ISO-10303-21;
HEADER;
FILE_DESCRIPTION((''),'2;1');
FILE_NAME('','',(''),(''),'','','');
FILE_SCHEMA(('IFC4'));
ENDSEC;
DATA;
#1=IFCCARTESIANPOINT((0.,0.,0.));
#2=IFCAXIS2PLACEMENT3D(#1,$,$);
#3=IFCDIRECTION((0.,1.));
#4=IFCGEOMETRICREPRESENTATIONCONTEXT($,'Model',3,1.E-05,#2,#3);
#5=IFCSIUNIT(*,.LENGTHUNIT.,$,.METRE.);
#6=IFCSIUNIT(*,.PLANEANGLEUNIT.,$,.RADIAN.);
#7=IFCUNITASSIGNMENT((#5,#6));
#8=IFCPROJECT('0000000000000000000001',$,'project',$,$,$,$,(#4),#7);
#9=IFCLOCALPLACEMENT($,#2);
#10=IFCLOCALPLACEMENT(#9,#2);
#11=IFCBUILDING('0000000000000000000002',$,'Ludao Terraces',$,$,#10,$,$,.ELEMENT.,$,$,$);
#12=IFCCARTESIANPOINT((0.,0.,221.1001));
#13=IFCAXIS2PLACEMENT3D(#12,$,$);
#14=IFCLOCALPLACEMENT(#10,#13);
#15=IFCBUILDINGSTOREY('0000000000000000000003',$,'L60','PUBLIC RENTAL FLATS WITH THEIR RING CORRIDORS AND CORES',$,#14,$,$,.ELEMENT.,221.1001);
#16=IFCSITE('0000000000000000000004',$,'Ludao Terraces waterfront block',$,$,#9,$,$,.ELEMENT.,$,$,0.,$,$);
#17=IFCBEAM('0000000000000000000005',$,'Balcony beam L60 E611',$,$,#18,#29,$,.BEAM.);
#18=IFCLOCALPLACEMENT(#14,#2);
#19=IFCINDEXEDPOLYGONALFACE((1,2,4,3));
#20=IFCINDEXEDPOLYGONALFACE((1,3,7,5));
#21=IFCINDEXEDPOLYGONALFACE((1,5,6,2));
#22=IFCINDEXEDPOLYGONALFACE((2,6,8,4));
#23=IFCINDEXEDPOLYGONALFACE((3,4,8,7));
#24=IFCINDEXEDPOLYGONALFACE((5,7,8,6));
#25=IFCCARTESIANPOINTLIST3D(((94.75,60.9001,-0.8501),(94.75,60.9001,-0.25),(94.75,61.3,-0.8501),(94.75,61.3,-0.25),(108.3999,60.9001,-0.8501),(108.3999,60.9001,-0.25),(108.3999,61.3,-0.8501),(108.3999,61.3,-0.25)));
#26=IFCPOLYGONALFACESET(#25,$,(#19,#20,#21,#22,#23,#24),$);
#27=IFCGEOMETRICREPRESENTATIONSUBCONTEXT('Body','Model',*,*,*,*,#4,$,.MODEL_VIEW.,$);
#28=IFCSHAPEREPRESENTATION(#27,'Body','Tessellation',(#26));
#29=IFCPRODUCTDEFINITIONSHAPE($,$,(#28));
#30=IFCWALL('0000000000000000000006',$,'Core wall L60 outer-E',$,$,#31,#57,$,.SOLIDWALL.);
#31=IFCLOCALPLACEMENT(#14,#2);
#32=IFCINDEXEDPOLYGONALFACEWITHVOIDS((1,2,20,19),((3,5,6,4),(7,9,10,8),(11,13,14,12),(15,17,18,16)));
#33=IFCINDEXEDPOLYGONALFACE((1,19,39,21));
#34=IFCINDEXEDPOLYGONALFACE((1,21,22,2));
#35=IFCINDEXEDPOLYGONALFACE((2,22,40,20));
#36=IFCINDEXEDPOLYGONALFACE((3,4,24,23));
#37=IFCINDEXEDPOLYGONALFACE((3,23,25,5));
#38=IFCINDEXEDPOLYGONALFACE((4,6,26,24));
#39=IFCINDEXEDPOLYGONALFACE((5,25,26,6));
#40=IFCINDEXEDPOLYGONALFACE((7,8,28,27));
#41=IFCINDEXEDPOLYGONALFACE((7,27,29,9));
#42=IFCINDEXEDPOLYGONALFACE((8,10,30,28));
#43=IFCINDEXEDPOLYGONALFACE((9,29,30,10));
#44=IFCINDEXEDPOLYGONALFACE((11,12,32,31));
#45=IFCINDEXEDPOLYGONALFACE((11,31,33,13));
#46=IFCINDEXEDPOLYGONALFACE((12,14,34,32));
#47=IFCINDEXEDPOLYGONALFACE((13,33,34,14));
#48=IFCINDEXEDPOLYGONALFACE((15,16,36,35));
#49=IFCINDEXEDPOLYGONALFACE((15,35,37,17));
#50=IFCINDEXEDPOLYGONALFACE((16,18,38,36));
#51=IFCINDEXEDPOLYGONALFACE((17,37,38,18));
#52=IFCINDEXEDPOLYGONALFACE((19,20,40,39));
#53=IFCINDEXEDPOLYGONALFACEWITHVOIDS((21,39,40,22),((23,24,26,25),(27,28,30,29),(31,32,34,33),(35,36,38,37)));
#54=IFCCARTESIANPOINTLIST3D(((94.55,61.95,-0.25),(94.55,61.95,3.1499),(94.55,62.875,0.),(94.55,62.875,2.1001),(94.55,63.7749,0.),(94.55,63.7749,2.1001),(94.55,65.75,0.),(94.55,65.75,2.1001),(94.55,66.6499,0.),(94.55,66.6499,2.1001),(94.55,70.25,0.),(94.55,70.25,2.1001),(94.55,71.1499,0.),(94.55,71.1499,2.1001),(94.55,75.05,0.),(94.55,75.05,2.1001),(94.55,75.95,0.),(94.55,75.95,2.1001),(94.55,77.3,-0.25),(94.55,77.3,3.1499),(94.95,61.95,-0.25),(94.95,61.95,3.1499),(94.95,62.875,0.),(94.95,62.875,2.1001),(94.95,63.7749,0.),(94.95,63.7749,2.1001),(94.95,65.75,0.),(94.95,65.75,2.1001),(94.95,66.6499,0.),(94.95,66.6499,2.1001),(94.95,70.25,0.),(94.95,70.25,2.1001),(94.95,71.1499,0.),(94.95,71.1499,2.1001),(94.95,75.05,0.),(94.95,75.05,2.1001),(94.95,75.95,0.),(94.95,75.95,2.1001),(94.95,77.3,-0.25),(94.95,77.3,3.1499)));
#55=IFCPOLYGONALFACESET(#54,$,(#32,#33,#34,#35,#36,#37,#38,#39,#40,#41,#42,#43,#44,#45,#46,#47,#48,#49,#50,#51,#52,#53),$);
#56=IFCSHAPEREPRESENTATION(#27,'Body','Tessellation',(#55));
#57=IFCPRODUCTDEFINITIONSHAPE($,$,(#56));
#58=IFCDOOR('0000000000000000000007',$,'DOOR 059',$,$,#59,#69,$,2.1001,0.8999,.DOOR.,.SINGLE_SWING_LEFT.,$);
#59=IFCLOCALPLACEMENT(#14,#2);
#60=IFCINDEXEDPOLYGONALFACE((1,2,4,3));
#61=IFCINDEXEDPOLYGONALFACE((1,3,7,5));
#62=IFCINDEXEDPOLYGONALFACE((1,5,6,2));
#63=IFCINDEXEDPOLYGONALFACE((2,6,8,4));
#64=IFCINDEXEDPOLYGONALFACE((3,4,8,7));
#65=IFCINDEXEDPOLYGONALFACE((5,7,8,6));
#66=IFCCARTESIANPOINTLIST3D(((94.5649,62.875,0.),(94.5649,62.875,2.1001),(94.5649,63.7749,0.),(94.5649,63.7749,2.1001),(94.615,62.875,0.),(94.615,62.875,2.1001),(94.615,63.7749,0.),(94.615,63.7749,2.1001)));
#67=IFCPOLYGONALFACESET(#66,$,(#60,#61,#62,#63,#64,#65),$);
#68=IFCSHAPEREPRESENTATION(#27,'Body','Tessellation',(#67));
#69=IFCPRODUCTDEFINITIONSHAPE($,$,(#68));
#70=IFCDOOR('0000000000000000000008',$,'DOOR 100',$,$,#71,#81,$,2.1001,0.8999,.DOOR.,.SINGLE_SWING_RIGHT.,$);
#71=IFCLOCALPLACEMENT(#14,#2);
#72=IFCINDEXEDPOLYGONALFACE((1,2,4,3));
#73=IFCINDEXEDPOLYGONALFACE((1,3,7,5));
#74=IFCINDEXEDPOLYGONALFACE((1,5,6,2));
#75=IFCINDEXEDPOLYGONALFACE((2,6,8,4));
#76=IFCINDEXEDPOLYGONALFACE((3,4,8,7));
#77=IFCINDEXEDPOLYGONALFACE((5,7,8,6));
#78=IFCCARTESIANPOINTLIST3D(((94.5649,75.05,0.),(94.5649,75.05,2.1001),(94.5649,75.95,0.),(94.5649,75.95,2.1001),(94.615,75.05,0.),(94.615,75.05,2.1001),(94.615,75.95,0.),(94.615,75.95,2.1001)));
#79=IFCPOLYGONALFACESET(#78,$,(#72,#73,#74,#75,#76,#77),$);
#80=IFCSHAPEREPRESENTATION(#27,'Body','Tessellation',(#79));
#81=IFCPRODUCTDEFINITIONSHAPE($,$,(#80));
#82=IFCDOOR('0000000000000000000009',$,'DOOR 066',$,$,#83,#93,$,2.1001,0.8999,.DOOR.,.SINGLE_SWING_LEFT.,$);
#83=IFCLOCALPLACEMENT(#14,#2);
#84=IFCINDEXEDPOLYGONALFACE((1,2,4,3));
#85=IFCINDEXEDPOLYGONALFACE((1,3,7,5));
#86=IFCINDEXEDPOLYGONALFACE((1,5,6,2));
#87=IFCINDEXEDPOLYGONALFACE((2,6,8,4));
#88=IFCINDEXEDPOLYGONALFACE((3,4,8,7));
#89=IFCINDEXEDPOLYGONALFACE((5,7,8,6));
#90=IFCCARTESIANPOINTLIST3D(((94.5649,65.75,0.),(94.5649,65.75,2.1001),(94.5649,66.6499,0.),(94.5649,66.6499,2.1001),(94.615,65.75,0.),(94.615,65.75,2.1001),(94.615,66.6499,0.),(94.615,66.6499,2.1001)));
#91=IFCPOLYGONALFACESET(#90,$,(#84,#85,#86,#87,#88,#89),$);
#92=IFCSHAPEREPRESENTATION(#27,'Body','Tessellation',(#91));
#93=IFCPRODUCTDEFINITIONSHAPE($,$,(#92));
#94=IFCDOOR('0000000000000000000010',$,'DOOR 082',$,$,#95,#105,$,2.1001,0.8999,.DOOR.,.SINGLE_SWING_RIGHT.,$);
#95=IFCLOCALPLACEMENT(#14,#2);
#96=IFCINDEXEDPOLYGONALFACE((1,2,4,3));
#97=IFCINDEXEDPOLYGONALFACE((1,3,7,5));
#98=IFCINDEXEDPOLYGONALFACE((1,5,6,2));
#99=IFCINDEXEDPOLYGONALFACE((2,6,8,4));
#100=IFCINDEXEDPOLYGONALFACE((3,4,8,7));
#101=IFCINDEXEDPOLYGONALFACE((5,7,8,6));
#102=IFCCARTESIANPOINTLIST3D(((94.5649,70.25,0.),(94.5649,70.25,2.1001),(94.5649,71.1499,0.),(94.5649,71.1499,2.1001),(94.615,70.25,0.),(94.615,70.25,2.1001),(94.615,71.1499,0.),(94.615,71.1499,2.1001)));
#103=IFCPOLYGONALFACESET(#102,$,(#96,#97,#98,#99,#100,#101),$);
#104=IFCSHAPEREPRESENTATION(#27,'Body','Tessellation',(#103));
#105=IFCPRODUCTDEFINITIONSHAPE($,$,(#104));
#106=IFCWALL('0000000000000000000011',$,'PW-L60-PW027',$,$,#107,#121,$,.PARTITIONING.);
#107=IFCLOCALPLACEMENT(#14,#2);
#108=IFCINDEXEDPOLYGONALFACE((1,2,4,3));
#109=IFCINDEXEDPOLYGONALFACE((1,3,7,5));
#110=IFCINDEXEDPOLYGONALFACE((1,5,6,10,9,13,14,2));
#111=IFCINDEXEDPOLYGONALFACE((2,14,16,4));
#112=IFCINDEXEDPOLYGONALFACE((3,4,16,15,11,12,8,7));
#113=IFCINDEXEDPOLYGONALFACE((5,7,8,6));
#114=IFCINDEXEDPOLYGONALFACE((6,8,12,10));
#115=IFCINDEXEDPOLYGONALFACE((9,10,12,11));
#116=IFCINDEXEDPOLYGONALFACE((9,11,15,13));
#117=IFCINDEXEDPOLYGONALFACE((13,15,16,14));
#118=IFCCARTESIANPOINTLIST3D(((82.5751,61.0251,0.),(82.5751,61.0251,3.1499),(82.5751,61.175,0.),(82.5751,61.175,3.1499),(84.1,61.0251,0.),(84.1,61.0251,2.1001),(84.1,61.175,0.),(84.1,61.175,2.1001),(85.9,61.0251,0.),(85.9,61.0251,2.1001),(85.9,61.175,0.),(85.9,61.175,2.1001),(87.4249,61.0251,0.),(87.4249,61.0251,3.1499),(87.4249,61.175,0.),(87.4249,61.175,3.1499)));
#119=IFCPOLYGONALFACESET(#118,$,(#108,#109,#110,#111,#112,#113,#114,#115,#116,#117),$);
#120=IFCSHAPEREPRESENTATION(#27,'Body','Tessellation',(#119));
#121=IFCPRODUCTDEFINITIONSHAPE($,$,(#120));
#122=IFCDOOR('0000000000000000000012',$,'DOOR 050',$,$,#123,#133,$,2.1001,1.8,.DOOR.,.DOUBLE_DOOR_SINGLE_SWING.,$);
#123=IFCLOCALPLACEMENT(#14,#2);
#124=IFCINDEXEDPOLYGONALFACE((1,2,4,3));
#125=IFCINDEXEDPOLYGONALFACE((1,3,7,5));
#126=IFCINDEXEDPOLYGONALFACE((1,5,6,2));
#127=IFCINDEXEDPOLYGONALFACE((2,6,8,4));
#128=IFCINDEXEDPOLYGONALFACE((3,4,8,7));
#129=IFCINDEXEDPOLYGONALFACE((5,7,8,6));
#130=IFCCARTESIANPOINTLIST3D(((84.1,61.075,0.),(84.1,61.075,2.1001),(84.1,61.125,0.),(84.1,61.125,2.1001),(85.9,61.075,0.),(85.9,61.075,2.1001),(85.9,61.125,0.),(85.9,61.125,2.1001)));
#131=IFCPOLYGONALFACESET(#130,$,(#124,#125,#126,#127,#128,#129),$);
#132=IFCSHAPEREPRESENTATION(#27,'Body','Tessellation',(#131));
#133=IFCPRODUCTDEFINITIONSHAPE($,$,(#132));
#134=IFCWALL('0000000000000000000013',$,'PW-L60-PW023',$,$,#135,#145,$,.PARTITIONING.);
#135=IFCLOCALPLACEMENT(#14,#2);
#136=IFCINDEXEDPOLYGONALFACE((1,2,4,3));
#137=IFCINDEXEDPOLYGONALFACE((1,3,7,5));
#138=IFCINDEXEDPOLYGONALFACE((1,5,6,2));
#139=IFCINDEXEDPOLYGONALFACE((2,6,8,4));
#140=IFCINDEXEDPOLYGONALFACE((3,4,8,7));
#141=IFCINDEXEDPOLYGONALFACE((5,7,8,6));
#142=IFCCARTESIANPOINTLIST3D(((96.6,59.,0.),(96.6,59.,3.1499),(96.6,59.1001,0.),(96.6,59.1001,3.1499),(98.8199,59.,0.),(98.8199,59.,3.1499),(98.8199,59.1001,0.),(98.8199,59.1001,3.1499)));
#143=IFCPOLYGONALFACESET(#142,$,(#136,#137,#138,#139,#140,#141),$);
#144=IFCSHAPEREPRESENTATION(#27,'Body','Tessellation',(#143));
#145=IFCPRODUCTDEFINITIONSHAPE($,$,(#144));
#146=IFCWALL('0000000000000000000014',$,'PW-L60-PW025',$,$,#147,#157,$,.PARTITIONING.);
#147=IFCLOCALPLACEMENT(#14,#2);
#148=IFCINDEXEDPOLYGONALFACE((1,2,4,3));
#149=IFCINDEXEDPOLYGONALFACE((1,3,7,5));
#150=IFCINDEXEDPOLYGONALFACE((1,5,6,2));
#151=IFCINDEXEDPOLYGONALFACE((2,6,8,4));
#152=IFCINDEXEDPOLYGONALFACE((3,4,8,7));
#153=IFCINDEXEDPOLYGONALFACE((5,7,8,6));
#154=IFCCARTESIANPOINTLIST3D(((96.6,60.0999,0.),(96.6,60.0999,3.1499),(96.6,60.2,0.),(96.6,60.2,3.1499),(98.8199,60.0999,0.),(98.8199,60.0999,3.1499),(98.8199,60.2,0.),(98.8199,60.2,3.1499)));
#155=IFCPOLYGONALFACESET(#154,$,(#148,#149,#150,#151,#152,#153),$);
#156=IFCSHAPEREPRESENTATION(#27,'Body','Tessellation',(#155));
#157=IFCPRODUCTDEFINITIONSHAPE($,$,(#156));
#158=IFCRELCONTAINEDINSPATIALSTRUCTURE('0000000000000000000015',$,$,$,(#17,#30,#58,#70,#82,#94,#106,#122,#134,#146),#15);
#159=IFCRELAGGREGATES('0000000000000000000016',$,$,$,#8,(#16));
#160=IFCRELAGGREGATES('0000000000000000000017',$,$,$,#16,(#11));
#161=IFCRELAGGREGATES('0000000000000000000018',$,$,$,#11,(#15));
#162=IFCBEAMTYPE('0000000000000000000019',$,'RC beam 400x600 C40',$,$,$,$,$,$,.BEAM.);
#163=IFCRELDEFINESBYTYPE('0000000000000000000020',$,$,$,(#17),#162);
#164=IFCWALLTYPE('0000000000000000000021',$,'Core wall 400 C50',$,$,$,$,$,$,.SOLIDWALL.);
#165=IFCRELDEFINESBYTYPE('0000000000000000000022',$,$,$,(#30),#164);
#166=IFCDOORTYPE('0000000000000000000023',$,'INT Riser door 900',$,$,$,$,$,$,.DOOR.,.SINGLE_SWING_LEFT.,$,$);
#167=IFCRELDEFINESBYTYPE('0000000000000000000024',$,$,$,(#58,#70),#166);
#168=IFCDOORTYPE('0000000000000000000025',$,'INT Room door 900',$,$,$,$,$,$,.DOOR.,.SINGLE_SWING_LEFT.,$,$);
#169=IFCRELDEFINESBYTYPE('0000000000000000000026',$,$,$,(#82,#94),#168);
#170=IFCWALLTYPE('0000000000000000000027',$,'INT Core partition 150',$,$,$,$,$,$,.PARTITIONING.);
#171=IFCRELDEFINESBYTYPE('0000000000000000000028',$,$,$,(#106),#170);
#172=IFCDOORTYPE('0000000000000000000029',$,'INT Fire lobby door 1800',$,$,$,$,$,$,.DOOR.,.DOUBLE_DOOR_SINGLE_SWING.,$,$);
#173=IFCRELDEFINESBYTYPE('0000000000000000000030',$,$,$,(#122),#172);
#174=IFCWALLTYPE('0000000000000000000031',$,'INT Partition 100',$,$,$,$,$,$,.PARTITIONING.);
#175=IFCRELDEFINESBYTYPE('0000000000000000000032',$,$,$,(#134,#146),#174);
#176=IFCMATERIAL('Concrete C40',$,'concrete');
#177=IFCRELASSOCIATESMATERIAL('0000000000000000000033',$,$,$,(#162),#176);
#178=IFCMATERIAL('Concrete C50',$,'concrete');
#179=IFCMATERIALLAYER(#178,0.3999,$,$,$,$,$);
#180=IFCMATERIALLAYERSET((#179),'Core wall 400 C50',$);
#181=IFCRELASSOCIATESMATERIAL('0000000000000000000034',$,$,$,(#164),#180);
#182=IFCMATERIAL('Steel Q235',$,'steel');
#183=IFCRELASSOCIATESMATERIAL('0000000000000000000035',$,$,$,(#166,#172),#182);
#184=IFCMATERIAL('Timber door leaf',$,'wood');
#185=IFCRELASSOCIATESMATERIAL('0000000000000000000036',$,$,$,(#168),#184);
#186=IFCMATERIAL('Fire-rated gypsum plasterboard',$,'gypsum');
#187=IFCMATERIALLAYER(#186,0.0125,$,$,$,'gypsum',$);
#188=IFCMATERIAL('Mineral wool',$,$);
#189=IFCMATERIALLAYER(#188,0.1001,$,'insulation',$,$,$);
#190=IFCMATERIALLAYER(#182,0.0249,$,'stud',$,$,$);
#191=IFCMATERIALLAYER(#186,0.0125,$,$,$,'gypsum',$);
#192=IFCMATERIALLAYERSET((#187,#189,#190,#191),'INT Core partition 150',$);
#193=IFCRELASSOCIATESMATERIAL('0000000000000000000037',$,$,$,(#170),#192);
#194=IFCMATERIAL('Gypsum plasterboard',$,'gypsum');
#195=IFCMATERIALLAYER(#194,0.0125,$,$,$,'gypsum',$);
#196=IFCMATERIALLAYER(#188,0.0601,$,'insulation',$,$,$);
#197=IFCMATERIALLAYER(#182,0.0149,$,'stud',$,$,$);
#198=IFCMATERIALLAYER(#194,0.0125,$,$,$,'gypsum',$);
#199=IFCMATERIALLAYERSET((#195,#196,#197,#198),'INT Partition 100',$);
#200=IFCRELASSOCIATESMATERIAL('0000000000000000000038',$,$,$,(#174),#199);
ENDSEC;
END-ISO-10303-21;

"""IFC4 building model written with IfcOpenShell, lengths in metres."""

from ifc_helpers import new_model, si_unit, direction, frame, frame_2d, origin, origin_2d, place, context, subcontext, project, spatial, rectangle, extrude, material, layer, layer_set, material_profile, profile_set, type_object, element, fill, save


model = new_model("IFC4")

# Units and contexts
model_context = context("Model", 3, precision=1e-05, world=origin(), true_north=direction((0.0, 1.0)))
body_context = subcontext(model_context, "Body", "Model", "MODEL_VIEW")
ifc_project = project(units=[si_unit("LENGTHUNIT", "METRE"), si_unit("PLANEANGLEUNIT", "RADIAN")], contexts=[model_context])

# Site, building, storey
site_placement = place(None, origin())
site = spatial("IfcSite", under=ifc_project, at=site_placement, Name="Ludao Terraces waterfront block", CompositionType="ELEMENT", RefElevation=0.0)
building_placement = place(site_placement, origin())
building = spatial("IfcBuilding", under=site, at=building_placement, Name="Ludao Terraces", CompositionType="ELEMENT")
storey_placement = place(building_placement, frame((0.0, 0.0, 221.1001)))
storey = spatial("IfcBuildingStorey", under=building, at=storey_placement, Name="L60", Description="PUBLIC RENTAL FLATS WITH THEIR RING CORRIDORS AND CORES", CompositionType="ELEMENT", Elevation=221.1001)

# Beam
ifc_material_1 = material(Name="Concrete C40", Category="concrete")
ifc_material_profile = material_profile(ifc_material_1, rectangle(XDim=0.3999, YDim=0.6001, at=origin_2d()), Name="400 X 600")
ifc_profile_set = profile_set([ifc_material_profile], Name="Concrete C40")
beam_type = type_object("IfcBeamType", Name="RC beam 400x600 C40", PredefinedType="BEAM", material=ifc_profile_set)
beam_placement = place(storey_placement, frame((94.75, 61.1001, -0.55), z_axis=(1.0, 0.0, 0.0), x_axis=(0.0, 1.0, 0.0)))
element("IfcBeam", 1, at=beam_placement, inside=storey, type_object=beam_type, Name="Balcony beam L60 E611", PredefinedType="BEAM", context=body_context, shape_type="SweptSolid", body=[
    extrude(rectangle(XDim=0.3999, YDim=0.6001, at=origin_2d()), origin(), (0.0, 0.0, 1.0), 13.6499),
])

# Wall, openings, doors
ifc_material_2 = material(Name="Concrete C50", Category="concrete")
ifc_layer_1 = layer(ifc_material_2, 0.3999)
ifc_layer_set_1 = layer_set([ifc_layer_1], Name="Core wall 400 C50")
wall_type_1 = type_object("IfcWallType", Name="Core wall 400 C50", PredefinedType="SOLIDWALL", material=ifc_layer_set_1)
wall_1_placement = place(storey_placement, frame((94.75, 61.95, -0.25), z_axis=(0.0, 0.0, 1.0), x_axis=(0.0, 1.0, 0.0)))
wall_1 = element("IfcWall", 2, at=wall_1_placement, inside=storey, type_object=wall_type_1, Name="Core wall L60 outer-E", PredefinedType="SOLIDWALL", context=body_context, shape_type="SweptSolid", body=[
    extrude(rectangle(XDim=15.3501, YDim=0.3999, at=frame_2d((7.675, 0.0))), origin(), (0.0, 0.0, 1.0), 3.3999),
])
opening_1_placement = place(wall_1_placement, frame((0.925, 0.0, 0.25)))
opening_1 = element("IfcOpeningElement", 3, at=opening_1_placement, cuts=wall_1, PredefinedType="OPENING", context=body_context, shape_type="SweptSolid", body=[
    extrude(rectangle(XDim=0.8999, YDim=2.1001, at=frame_2d((0.45, 1.05))), frame((0.0, 0.21, 0.0), z_axis=(0.0, -1.0, 0.0), x_axis=(1.0, 0.0, 0.0)), (0.0, 0.0, 1.0), 0.4199),
])
opening_2_placement = place(wall_1_placement, frame((3.8, 0.0, 0.25)))
opening_2 = element("IfcOpeningElement", 4, at=opening_2_placement, cuts=wall_1, PredefinedType="OPENING", context=body_context, shape_type="SweptSolid", body=[
    extrude(rectangle(XDim=0.8999, YDim=2.1001, at=frame_2d((0.45, 1.05))), frame((0.0, 0.21, 0.0), z_axis=(0.0, -1.0, 0.0), x_axis=(1.0, 0.0, 0.0)), (0.0, 0.0, 1.0), 0.4199),
])
opening_3_placement = place(wall_1_placement, frame((8.3, 0.0, 0.25)))
opening_3 = element("IfcOpeningElement", 5, at=opening_3_placement, cuts=wall_1, PredefinedType="OPENING", context=body_context, shape_type="SweptSolid", body=[
    extrude(rectangle(XDim=0.8999, YDim=2.1001, at=frame_2d((0.45, 1.05))), frame((0.0, 0.21, 0.0), z_axis=(0.0, -1.0, 0.0), x_axis=(1.0, 0.0, 0.0)), (0.0, 0.0, 1.0), 0.4199),
])
opening_4_placement = place(wall_1_placement, frame((13.1001, 0.0, 0.25)))
opening_4 = element("IfcOpeningElement", 6, at=opening_4_placement, cuts=wall_1, PredefinedType="OPENING", context=body_context, shape_type="SweptSolid", body=[
    extrude(rectangle(XDim=0.8999, YDim=2.1001, at=frame_2d((0.45, 1.05))), frame((0.0, 0.21, 0.0), z_axis=(0.0, -1.0, 0.0), x_axis=(1.0, 0.0, 0.0)), (0.0, 0.0, 1.0), 0.4199),
])
ifc_material_3 = material(Name="Steel Q235", Category="steel")
door_type_1 = type_object("IfcDoorType", Name="INT Riser door 900", OperationType="SINGLE_SWING_LEFT", PredefinedType="DOOR", material=ifc_material_3)
door_1_placement = place(opening_1_placement, origin())
door_1 = element("IfcDoor", 7, at=door_1_placement, inside=storey, type_object=door_type_1, Name="DOOR 059", OperationType="SINGLE_SWING_LEFT", OverallHeight=2.1001, OverallWidth=0.8999, PredefinedType="DOOR", context=body_context, shape_type="SweptSolid", body=[
    extrude(rectangle(XDim=0.8999, YDim=2.1001, at=frame_2d((0.45, 1.05))), frame((0.0, 0.1851, 0.0), z_axis=(0.0, -1.0, 0.0), x_axis=(1.0, 0.0, 0.0)), (0.0, 0.0, 1.0), 0.05),
])
fill(opening_1, door_1)
door_2_placement = place(opening_4_placement, origin())
door_2 = element("IfcDoor", 8, at=door_2_placement, inside=storey, type_object=door_type_1, Name="DOOR 100", OperationType="SINGLE_SWING_RIGHT", OverallHeight=2.1001, OverallWidth=0.8999, PredefinedType="DOOR", context=body_context, shape_type="SweptSolid", body=[
    extrude(rectangle(XDim=0.8999, YDim=2.1001, at=frame_2d((0.45, 1.05))), frame((0.0, 0.1851, 0.0), z_axis=(0.0, -1.0, 0.0), x_axis=(1.0, 0.0, 0.0)), (0.0, 0.0, 1.0), 0.05),
])
fill(opening_4, door_2)
ifc_material_4 = material(Name="Timber door leaf", Category="wood")
door_type_2 = type_object("IfcDoorType", Name="INT Room door 900", OperationType="SINGLE_SWING_LEFT", PredefinedType="DOOR", material=ifc_material_4)
door_3_placement = place(opening_2_placement, origin())
door_3 = element("IfcDoor", 9, at=door_3_placement, inside=storey, type_object=door_type_2, Name="DOOR 066", OperationType="SINGLE_SWING_LEFT", OverallHeight=2.1001, OverallWidth=0.8999, PredefinedType="DOOR", context=body_context, shape_type="SweptSolid", body=[
    extrude(rectangle(XDim=0.8999, YDim=2.1001, at=frame_2d((0.45, 1.05))), frame((0.0, 0.1851, 0.0), z_axis=(0.0, -1.0, 0.0), x_axis=(1.0, 0.0, 0.0)), (0.0, 0.0, 1.0), 0.05),
])
fill(opening_2, door_3)
door_4_placement = place(opening_3_placement, origin())
door_4 = element("IfcDoor", 10, at=door_4_placement, inside=storey, type_object=door_type_2, Name="DOOR 082", OperationType="SINGLE_SWING_RIGHT", OverallHeight=2.1001, OverallWidth=0.8999, PredefinedType="DOOR", context=body_context, shape_type="SweptSolid", body=[
    extrude(rectangle(XDim=0.8999, YDim=2.1001, at=frame_2d((0.45, 1.05))), frame((0.0, 0.1851, 0.0), z_axis=(0.0, -1.0, 0.0), x_axis=(1.0, 0.0, 0.0)), (0.0, 0.0, 1.0), 0.05),
])
fill(opening_3, door_4)

# Wall, opening, door
ifc_material_5 = material(Name="Fire-rated gypsum plasterboard", Category="gypsum")
ifc_layer_2 = layer(ifc_material_5, 0.0125, Category="gypsum")
ifc_material_6 = material(Name="Mineral wool")
ifc_layer_3 = layer(ifc_material_6, 0.1001, Name="insulation")
ifc_layer_4 = layer(ifc_material_3, 0.0249, Name="stud")
ifc_layer_5 = layer(ifc_material_5, 0.0125, Category="gypsum")
ifc_layer_set_2 = layer_set([ifc_layer_2, ifc_layer_3, ifc_layer_4, ifc_layer_5], Name="INT Core partition 150")
wall_type_2 = type_object("IfcWallType", Name="INT Core partition 150", PredefinedType="PARTITIONING", material=ifc_layer_set_2)
wall_2_placement = place(storey_placement, frame((82.5752, 61.1001, 0.0), z_axis=(0.0, 0.0, 1.0), x_axis=(1.0, 0.0, 0.0)))
wall_2 = element("IfcWall", 11, at=wall_2_placement, inside=storey, type_object=wall_type_2, Name="PW-L60-PW027", PredefinedType="PARTITIONING", context=body_context, shape_type="SweptSolid", body=[
    extrude(rectangle(XDim=4.8499, YDim=0.1499, at=frame_2d((2.4248, 0.0))), origin(), (0.0, 0.0, 1.0), 3.1499),
])
opening_5_placement = place(wall_2_placement, frame((1.5249, 0.0, 0.0)))
opening_5 = element("IfcOpeningElement", 12, at=opening_5_placement, cuts=wall_2, PredefinedType="OPENING", context=body_context, shape_type="SweptSolid", body=[
    extrude(rectangle(XDim=1.8, YDim=2.1001, at=frame_2d((0.8999, 1.05))), frame((0.0, 0.085, 0.0), z_axis=(0.0, -1.0, 0.0), x_axis=(1.0, 0.0, 0.0)), (0.0, 0.0, 1.0), 0.1699),
])
door_type_3 = type_object("IfcDoorType", Name="INT Fire lobby door 1800", OperationType="DOUBLE_DOOR_SINGLE_SWING", PredefinedType="DOOR", material=ifc_material_3)
door_5_placement = place(opening_5_placement, origin())
door_5 = element("IfcDoor", 13, at=door_5_placement, inside=storey, type_object=door_type_3, Name="DOOR 050", OperationType="DOUBLE_DOOR_SINGLE_SWING", OverallHeight=2.1001, OverallWidth=1.8, PredefinedType="DOOR", context=body_context, shape_type="SweptSolid", body=[
    extrude(rectangle(XDim=1.8, YDim=2.1001, at=frame_2d((0.8999, 1.05))), frame((0.0, 0.0249, 0.0), z_axis=(0.0, -1.0, 0.0), x_axis=(1.0, 0.0, 0.0)), (0.0, 0.0, 1.0), 0.05),
])
fill(opening_5, door_5)

# Walls
ifc_material_7 = material(Name="Gypsum plasterboard", Category="gypsum")
ifc_layer_6 = layer(ifc_material_7, 0.0125, Category="gypsum")
ifc_layer_7 = layer(ifc_material_6, 0.0601, Name="insulation")
ifc_layer_8 = layer(ifc_material_3, 0.0149, Name="stud")
ifc_layer_9 = layer(ifc_material_7, 0.0125, Category="gypsum")
ifc_layer_set_3 = layer_set([ifc_layer_6, ifc_layer_7, ifc_layer_8, ifc_layer_9], Name="INT Partition 100")
wall_type_3 = type_object("IfcWallType", Name="INT Partition 100", PredefinedType="PARTITIONING", material=ifc_layer_set_3)
for number, where, z_axis, x_axis, name in (
    (14, (96.6001, 59.05, 0.0), (0.0, 0.0, 1.0), (1.0, 0.0, 0.0), "PW-L60-PW023"),
    (15, (96.6001, 60.1499, 0.0), (0.0, 0.0, 1.0), (1.0, 0.0, 0.0), "PW-L60-PW025"),
):
    element("IfcWall", number, at=place(storey_placement, frame(where, z_axis=z_axis, x_axis=x_axis)), inside=storey, type_object=wall_type_3, Name=name, PredefinedType="PARTITIONING", context=body_context, shape_type="SweptSolid", body=[
        extrude(rectangle(XDim=2.22, YDim=0.1001, at=frame_2d((1.1099, 0.0))), origin(), (0.0, 0.0, 1.0), 3.1499),
    ])

save(model, "model.ifc")
